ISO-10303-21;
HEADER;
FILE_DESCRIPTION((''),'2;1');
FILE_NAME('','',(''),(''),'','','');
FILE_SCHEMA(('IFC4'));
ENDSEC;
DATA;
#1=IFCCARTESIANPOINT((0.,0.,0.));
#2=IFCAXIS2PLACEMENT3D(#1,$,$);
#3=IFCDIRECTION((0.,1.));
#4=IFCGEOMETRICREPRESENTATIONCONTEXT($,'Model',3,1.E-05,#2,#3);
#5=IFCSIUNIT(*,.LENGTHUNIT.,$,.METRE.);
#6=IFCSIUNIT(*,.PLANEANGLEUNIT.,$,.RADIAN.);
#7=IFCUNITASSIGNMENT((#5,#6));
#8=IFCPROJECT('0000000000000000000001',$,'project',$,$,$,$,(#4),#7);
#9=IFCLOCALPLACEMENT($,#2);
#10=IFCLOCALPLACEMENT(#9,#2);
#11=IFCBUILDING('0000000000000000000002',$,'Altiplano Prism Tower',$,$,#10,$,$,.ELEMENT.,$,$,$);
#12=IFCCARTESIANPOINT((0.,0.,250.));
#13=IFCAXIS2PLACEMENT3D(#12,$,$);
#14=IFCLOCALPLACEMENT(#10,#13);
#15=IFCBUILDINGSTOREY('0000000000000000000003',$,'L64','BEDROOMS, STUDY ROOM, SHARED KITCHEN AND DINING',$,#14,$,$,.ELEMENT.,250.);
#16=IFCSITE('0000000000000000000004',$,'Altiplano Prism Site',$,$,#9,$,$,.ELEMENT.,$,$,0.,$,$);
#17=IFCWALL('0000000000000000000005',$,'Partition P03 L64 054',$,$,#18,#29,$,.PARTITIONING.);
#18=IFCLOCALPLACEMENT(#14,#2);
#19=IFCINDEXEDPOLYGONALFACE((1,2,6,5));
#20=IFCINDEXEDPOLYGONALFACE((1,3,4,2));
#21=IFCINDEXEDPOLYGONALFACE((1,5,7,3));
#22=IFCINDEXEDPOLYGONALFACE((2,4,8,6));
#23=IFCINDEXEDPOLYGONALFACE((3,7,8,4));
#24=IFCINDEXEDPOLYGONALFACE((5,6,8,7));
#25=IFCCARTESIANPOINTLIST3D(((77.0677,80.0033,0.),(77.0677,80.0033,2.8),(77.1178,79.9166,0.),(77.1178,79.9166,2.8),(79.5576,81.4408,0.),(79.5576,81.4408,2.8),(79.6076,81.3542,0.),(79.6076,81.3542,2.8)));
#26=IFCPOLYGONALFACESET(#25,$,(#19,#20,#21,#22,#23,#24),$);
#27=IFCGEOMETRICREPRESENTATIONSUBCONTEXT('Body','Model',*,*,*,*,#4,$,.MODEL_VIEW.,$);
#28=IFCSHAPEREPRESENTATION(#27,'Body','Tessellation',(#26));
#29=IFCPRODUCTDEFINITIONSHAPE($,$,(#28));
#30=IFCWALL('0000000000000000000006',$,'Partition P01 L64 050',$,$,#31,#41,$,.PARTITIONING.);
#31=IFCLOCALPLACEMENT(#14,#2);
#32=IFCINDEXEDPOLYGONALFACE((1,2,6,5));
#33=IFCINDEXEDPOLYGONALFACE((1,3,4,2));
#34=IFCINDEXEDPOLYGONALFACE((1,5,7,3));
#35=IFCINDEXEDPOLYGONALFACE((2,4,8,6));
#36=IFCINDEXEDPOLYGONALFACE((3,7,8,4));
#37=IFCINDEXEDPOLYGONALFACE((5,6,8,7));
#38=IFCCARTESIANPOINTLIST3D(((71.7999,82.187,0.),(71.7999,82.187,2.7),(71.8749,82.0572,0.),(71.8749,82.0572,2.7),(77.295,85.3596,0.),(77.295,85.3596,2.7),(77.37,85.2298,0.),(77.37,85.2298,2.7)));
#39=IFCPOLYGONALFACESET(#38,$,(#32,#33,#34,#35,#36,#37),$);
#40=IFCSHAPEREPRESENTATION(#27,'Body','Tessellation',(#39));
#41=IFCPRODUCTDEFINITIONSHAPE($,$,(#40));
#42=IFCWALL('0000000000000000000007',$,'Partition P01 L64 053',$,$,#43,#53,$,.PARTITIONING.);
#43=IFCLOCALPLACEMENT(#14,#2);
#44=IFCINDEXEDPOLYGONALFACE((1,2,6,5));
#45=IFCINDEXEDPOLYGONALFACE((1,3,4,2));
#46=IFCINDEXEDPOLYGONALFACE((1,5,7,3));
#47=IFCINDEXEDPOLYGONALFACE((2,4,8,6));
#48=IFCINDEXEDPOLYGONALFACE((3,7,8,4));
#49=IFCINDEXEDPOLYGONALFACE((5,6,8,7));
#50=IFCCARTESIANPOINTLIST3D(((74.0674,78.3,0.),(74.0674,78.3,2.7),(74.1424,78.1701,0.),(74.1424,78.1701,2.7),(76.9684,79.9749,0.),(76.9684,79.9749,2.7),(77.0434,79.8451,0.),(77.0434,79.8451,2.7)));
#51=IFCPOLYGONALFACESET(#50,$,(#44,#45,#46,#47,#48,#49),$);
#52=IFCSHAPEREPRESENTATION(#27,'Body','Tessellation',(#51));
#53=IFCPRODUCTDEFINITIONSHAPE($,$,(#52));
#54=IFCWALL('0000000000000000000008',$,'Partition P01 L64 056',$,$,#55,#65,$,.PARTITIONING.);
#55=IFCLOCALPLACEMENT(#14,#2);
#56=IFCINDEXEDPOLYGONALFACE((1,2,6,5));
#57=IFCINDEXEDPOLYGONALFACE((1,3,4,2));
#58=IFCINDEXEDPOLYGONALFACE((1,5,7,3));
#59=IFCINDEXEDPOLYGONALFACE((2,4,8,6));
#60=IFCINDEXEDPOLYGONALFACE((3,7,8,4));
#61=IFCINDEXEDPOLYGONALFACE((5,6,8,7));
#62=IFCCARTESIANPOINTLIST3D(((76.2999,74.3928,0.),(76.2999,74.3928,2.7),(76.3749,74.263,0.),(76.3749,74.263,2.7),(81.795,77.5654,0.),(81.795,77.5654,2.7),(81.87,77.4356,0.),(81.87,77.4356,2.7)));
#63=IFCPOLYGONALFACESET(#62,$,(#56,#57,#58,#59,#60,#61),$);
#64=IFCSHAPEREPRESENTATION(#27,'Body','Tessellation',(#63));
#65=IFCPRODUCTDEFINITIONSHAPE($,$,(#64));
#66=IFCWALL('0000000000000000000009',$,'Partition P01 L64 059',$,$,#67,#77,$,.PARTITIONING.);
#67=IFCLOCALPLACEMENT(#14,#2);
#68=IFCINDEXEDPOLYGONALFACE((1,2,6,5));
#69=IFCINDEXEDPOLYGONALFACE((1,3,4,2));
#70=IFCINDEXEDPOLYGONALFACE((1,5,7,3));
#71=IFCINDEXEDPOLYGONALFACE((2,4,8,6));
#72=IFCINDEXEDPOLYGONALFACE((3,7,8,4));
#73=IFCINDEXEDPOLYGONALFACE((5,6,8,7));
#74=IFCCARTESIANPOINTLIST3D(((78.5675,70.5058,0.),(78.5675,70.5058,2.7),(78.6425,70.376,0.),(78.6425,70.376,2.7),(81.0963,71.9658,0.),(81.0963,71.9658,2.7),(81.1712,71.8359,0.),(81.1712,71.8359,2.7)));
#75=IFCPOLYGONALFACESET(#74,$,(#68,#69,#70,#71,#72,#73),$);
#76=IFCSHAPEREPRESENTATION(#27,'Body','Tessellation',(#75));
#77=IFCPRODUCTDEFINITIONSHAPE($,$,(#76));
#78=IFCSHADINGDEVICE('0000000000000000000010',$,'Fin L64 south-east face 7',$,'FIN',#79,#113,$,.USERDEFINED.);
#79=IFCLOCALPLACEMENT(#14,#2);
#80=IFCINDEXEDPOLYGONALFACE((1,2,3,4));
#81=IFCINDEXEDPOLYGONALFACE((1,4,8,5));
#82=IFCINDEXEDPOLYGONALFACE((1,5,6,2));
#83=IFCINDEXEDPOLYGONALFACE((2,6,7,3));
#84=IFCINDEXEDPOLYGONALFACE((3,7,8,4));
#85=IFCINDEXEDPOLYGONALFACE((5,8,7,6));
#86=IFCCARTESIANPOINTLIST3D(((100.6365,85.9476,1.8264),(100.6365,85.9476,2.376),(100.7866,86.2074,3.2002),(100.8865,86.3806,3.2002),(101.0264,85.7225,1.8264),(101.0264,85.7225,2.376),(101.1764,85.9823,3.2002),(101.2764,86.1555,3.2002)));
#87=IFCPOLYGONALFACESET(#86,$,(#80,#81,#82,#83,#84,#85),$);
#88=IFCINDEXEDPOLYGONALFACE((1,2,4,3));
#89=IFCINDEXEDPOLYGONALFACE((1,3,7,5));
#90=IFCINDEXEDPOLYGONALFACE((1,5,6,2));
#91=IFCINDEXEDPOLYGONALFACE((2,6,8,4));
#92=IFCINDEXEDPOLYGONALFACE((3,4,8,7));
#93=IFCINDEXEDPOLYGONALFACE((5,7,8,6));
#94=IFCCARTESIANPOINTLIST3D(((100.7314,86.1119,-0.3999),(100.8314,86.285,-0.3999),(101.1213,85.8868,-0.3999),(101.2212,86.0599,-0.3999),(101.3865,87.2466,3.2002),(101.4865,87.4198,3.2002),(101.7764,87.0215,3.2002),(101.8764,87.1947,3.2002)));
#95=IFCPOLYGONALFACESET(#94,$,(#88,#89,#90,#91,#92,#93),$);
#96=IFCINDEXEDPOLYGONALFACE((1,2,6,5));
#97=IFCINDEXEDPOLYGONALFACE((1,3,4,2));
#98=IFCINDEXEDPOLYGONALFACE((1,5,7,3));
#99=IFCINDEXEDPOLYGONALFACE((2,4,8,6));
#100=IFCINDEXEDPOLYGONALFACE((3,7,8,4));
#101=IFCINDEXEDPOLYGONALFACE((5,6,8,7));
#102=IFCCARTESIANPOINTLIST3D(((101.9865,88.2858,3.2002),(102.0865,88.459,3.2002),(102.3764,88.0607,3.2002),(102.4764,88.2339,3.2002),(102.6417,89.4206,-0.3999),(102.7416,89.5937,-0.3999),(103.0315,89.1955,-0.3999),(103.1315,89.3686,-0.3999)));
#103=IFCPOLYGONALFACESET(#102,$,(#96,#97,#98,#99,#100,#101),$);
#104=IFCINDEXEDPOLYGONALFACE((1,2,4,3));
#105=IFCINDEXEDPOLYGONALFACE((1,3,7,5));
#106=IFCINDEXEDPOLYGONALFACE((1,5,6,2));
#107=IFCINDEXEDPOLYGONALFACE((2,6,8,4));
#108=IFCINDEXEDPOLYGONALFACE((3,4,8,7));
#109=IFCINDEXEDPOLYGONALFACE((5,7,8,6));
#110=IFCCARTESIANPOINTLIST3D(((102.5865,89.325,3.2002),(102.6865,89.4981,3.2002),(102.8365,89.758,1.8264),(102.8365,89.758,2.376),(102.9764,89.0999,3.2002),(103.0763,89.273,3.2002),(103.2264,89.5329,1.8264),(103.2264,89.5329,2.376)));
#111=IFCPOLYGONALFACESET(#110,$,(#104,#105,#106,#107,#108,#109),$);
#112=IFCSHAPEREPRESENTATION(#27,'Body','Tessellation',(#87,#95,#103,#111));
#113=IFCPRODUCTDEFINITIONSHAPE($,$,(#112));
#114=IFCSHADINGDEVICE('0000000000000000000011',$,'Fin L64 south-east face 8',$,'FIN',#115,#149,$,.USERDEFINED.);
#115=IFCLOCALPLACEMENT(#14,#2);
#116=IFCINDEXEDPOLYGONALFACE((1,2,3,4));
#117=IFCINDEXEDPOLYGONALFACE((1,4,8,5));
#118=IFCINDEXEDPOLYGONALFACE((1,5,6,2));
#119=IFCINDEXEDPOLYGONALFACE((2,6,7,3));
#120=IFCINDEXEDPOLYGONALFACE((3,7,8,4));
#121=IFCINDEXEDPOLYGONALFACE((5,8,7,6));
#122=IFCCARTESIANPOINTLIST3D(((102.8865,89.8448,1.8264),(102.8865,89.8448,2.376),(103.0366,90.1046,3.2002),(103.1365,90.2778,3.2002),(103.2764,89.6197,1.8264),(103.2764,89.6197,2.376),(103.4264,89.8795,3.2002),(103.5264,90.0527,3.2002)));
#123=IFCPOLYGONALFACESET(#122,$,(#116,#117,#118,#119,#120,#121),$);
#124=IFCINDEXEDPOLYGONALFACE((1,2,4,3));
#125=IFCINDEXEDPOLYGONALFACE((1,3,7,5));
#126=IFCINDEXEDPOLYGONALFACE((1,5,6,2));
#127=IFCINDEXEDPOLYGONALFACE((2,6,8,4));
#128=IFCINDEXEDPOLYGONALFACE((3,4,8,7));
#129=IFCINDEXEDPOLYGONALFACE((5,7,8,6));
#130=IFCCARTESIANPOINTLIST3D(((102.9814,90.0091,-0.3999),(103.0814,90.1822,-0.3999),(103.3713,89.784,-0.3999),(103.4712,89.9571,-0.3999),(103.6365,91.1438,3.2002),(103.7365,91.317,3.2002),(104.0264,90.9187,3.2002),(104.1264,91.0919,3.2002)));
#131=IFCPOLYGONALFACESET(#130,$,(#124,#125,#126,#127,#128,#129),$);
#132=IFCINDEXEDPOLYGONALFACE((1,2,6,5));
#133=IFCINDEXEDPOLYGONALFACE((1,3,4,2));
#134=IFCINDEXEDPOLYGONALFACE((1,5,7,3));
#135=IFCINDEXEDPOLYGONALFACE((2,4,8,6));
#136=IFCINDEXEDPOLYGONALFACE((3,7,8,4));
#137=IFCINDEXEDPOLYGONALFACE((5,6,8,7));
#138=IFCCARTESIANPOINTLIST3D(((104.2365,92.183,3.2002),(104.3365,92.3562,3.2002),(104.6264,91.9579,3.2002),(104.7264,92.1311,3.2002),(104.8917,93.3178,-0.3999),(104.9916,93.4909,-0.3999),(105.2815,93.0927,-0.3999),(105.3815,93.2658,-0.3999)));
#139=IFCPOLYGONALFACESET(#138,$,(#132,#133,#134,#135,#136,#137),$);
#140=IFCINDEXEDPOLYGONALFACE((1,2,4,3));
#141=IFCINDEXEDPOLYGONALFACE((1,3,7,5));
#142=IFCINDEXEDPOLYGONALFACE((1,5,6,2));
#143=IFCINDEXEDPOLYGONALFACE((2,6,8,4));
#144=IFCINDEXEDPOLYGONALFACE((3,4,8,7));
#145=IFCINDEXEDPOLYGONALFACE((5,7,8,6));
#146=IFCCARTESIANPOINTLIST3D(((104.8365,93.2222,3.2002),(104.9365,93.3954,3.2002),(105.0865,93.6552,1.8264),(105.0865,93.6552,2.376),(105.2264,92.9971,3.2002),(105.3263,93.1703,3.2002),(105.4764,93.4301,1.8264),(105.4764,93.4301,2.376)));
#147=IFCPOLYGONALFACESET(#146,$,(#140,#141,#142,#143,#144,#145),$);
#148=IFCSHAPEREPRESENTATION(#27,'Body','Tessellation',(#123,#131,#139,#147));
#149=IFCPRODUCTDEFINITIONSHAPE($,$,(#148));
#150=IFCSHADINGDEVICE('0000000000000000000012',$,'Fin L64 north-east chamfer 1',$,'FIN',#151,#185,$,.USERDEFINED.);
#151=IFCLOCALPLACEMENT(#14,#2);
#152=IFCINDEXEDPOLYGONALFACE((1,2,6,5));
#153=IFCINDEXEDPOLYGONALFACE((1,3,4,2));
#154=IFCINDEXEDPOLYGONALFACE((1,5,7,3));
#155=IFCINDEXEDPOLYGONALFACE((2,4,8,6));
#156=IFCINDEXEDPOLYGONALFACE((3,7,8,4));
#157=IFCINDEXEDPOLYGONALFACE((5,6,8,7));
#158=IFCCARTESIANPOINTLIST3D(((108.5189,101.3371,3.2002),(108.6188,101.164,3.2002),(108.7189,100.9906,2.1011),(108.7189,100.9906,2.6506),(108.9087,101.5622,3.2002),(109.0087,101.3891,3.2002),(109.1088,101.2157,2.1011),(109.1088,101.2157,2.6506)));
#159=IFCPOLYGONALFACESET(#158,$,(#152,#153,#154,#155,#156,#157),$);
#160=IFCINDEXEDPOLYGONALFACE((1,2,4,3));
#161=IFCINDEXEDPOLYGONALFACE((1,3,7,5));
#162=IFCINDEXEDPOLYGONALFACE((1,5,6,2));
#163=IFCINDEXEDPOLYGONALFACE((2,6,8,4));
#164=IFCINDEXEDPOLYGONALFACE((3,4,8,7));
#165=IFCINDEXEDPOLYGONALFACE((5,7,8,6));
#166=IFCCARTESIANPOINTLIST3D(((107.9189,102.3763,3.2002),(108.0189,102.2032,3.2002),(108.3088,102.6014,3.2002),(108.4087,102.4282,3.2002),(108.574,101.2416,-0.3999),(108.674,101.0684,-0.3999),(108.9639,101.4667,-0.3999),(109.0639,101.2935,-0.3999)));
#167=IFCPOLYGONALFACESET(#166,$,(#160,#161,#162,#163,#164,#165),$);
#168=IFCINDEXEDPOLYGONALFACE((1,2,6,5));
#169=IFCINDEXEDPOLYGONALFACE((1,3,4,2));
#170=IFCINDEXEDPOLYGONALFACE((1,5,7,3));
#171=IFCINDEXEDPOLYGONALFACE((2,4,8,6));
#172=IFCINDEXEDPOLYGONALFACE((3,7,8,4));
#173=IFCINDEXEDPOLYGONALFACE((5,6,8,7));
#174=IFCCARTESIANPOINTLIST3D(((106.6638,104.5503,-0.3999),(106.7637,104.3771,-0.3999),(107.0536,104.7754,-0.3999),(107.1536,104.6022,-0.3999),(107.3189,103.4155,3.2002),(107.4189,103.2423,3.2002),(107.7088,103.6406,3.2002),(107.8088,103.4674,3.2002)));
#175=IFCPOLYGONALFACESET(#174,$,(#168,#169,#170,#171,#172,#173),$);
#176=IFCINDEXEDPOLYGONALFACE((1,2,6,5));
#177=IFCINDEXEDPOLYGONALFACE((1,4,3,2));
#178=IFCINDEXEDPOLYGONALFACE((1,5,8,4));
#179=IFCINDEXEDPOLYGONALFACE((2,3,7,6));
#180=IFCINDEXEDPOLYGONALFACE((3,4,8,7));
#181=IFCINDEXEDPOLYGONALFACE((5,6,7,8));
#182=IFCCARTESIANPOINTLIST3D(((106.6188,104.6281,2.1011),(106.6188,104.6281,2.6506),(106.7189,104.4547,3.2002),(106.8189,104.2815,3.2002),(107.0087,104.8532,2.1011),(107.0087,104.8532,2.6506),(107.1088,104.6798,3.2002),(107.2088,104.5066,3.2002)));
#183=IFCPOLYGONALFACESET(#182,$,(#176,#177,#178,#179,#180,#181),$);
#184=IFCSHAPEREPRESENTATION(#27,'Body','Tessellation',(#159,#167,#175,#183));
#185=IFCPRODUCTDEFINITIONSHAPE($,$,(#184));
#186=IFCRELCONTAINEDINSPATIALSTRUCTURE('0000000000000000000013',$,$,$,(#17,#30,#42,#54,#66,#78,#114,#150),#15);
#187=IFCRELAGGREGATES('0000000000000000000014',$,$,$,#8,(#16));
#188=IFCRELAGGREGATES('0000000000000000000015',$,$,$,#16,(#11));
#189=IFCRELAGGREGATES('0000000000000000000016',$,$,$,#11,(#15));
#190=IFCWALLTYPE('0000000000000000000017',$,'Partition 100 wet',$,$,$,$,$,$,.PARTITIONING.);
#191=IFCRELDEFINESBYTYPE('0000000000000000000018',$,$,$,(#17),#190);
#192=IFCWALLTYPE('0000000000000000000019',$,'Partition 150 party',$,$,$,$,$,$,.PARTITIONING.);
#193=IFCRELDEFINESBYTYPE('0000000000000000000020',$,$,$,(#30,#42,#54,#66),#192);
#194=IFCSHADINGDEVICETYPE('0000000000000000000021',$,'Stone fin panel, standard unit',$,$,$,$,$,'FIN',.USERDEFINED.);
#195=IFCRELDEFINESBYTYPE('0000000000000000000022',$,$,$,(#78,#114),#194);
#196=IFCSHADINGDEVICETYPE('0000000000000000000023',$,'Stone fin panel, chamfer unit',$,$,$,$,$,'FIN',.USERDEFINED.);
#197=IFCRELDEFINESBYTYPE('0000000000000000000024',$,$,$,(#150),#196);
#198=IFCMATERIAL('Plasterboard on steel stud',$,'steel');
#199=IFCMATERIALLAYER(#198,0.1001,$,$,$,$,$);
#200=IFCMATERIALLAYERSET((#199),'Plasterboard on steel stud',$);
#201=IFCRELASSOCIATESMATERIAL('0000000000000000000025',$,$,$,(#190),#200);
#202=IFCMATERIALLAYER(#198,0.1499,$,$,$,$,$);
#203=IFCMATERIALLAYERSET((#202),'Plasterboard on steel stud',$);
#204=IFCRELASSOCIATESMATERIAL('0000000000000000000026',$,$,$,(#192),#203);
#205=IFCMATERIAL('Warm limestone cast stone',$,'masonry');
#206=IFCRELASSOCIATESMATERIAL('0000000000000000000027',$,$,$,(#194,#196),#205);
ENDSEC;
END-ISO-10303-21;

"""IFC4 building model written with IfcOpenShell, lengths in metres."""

from ifc_helpers import new_model, si_unit, direction, frame, frame_2d, origin, place, context, subcontext, project, spatial, polyline, rectangle, outline, extrude, source, transform, mapped, material, layer, layer_set, type_object, element, save


model = new_model("IFC4")

# Units and contexts
model_context = context("Model", 3, precision=1e-05, world=origin(), true_north=direction((0.0, 1.0)))
body_context = subcontext(model_context, "Body", "Model", "MODEL_VIEW")
ifc_project = project(units=[si_unit("LENGTHUNIT", "METRE"), si_unit("PLANEANGLEUNIT", "RADIAN")], contexts=[model_context])

# Site, building, storey
site_placement = place(None, origin())
site = spatial("IfcSite", under=ifc_project, at=site_placement, Name="Altiplano Prism Site", CompositionType="ELEMENT", RefElevation=0.0)
building_placement = place(site_placement, origin())
building = spatial("IfcBuilding", under=site, at=building_placement, Name="Altiplano Prism Tower", CompositionType="ELEMENT")
storey_placement = place(building_placement, frame((0.0, 0.0, 250.0)))
storey = spatial("IfcBuildingStorey", under=building, at=storey_placement, Name="L64", Description="BEDROOMS, STUDY ROOM, SHARED KITCHEN AND DINING", CompositionType="ELEMENT", Elevation=250.0)

# Shared definitions
ifc_material_1 = material(Name="Plasterboard on steel stud", Category="steel")

# Walls
ifc_layer_1 = layer(ifc_material_1, 0.1001)
ifc_layer_set_1 = layer_set([ifc_layer_1], Name="Plasterboard on steel stud")
wall_type_1 = type_object("IfcWallType", Name="Partition 100 wet", PredefinedType="PARTITIONING", material=ifc_layer_set_1)
wall_1_placement = place(storey_placement, frame((77.0928, 79.96, 0.0), z_axis=(0.0, 0.0, 1.0), x_axis=(0.866019, 0.500012, 0.0)))
element("IfcWall", 1, at=wall_1_placement, inside=storey, type_object=wall_type_1, Name="Partition P03 L64 054", PredefinedType="PARTITIONING", context=body_context, shape_type="SweptSolid", body=[
    extrude(rectangle(XDim=2.875, YDim=0.1001, at=frame_2d((1.4375, 0.0))), origin(), (0.0, 0.0, 1.0), 2.8),
])
ifc_layer_2 = layer(ifc_material_1, 0.1499)
ifc_layer_set_2 = layer_set([ifc_layer_2], Name="Plasterboard on steel stud")
wall_type_2 = type_object("IfcWallType", Name="Partition 150 party", PredefinedType="PARTITIONING", material=ifc_layer_set_2)
wall_2_placement = place(storey_placement, frame((71.8374, 82.1221, 0.0), z_axis=(0.0, 0.0, 1.0), x_axis=(0.866025, 0.5, 0.0)))
element("IfcWall", 2, at=wall_2_placement, inside=storey, type_object=wall_type_2, Name="Partition P01 L64 050", PredefinedType="PARTITIONING", context=body_context, shape_type="SweptSolid", body=[
    extrude(rectangle(XDim=6.3452, YDim=0.1499, at=frame_2d((3.1726, 0.0))), origin(), (0.0, 0.0, 1.0), 2.7),
])
wall_3_placement = place(storey_placement, frame((74.105, 78.2351, 0.0), z_axis=(0.0, 0.0, 1.0), x_axis=(0.866014, 0.500019, 0.0)))
element("IfcWall", 3, at=wall_3_placement, inside=storey, type_object=wall_type_2, Name="Partition P01 L64 053", PredefinedType="PARTITIONING", context=body_context, shape_type="SweptSolid", body=[
    extrude(rectangle(XDim=3.3499, YDim=0.1499, at=frame_2d((1.6748, 0.0))), origin(), (0.0, 0.0, 1.0), 2.7),
])
wall_4_placement = place(storey_placement, frame((76.3374, 74.3279, 0.0), z_axis=(0.0, 0.0, 1.0), x_axis=(0.866025, 0.5, 0.0)))
element("IfcWall", 4, at=wall_4_placement, inside=storey, type_object=wall_type_2, Name="Partition P01 L64 056", PredefinedType="PARTITIONING", context=body_context, shape_type="SweptSolid", body=[
    extrude(rectangle(XDim=6.3452, YDim=0.1499, at=frame_2d((3.1726, 0.0))), origin(), (0.0, 0.0, 1.0), 2.7),
])
wall_5_placement = place(storey_placement, frame((78.605, 70.4409, 0.0), z_axis=(0.0, 0.0, 1.0), x_axis=(0.866032, 0.499988, 0.0)))
element("IfcWall", 5, at=wall_5_placement, inside=storey, type_object=wall_type_2, Name="Partition P01 L64 059", PredefinedType="PARTITIONING", context=body_context, shape_type="SweptSolid", body=[
    extrude(rectangle(XDim=2.9199, YDim=0.1499, at=frame_2d((1.46, 0.0))), origin(), (0.0, 0.0, 1.0), 2.7),
])

# Shading devices
ifc_material_2 = material(Name="Warm limestone cast stone", Category="masonry")
shading_device_type_1 = type_object("IfcShadingDeviceType", Name="Stone fin panel, standard unit", ElementType="FIN", PredefinedType="USERDEFINED", material=ifc_material_2)
shared_shape_1 = source(origin(), body_context, "Body", "SweptSolid", [
    extrude(outline(polyline([(-2.2, 2.2263), (-1.7, 3.6001), (-1.8999, 3.6001), (-2.2, 2.7759), (-2.2, 2.2263)])), frame((0.0, -0.1499, 0.0), z_axis=(0.0, -1.0, 0.0), x_axis=(1.0, 0.0, 0.0)), (0.0, 0.0, 1.0), 0.4502),
    extrude(outline(polyline([(-2.0103, 0.0), (-1.8103, 0.0), (-0.5, 3.6001), (-0.7, 3.6001), (-2.0103, 0.0)])), frame((0.0, -0.1499, 0.0), z_axis=(0.0, -1.0, 0.0), x_axis=(1.0, 0.0, 0.0)), (0.0, 0.0, 1.0), 0.4502),
    extrude(outline(polyline([(1.8103, 0.0), (2.0103, 0.0), (0.7, 3.6001), (0.5, 3.6001), (1.8103, 0.0)])), frame((0.0, -0.1499, 0.0), z_axis=(0.0, -1.0, 0.0), x_axis=(1.0, 0.0, 0.0)), (0.0, 0.0, 1.0), 0.4502),
    extrude(outline(polyline([(2.2, 2.7759), (1.8999, 3.6001), (1.7, 3.6001), (2.2, 2.2263), (2.2, 2.7759)])), frame((0.0, -0.1499, 0.0), z_axis=(0.0, -1.0, 0.0), x_axis=(1.0, 0.0, 0.0)), (0.0, 0.0, 1.0), 0.4502),
])
shading_device_1_placement = place(storey_placement, origin())
element("IfcShadingDevice", 6, at=shading_device_1_placement, inside=storey, type_object=shading_device_type_1, Name="Fin L64 south-east face 7", ObjectType="FIN", PredefinedType="USERDEFINED", context=body_context, shape_type="MappedRepresentation", body=[
    mapped(shared_shape_1, transform((101.6067, 87.9277, -0.3999), x_axis=(0.5, 0.866025, 0.0), y_axis=(-0.866025, 0.5, 0.0), z_axis=(0.0, 0.0, 1.0))),
])
shading_device_2_placement = place(storey_placement, origin())
element("IfcShadingDevice", 7, at=shading_device_2_placement, inside=storey, type_object=shading_device_type_1, Name="Fin L64 south-east face 8", ObjectType="FIN", PredefinedType="USERDEFINED", context=body_context, shape_type="MappedRepresentation", body=[
    mapped(shared_shape_1, transform((103.8567, 91.825, -0.3999), x_axis=(0.5, 0.866025, 0.0), y_axis=(-0.866025, 0.5, 0.0), z_axis=(0.0, 0.0, 1.0))),
])
shading_device_type_2 = type_object("IfcShadingDeviceType", Name="Stone fin panel, chamfer unit", ElementType="FIN", PredefinedType="USERDEFINED", material=ifc_material_2)
shared_shape_2 = source(origin(), body_context, "Body", "SweptSolid", [
    extrude(outline(polyline([(-2.1001, 2.501), (-1.7, 3.6001), (-1.8999, 3.6001), (-2.1001, 3.0505), (-2.1001, 2.501)])), frame((0.0, -0.1499, 0.0), z_axis=(0.0, -1.0, 0.0), x_axis=(1.0, 0.0, 0.0)), (0.0, 0.0, 1.0), 0.4502),
    extrude(outline(polyline([(-2.0103, 0.0), (-1.8103, 0.0), (-0.5, 3.6001), (-0.7, 3.6001), (-2.0103, 0.0)])), frame((0.0, -0.1499, 0.0), z_axis=(0.0, -1.0, 0.0), x_axis=(1.0, 0.0, 0.0)), (0.0, 0.0, 1.0), 0.4502),
    extrude(outline(polyline([(1.8103, 0.0), (2.0103, 0.0), (0.7, 3.6001), (0.5, 3.6001), (1.8103, 0.0)])), frame((0.0, -0.1499, 0.0), z_axis=(0.0, -1.0, 0.0), x_axis=(1.0, 0.0, 0.0)), (0.0, 0.0, 1.0), 0.4502),
    extrude(outline(polyline([(2.1001, 3.0505), (1.8999, 3.6001), (1.7, 3.6001), (2.1001, 2.501), (2.1001, 3.0505)])), frame((0.0, -0.1499, 0.0), z_axis=(0.0, -1.0, 0.0), x_axis=(1.0, 0.0, 0.0)), (0.0, 0.0, 1.0), 0.4502),
])
shading_device_3_placement = place(storey_placement, origin())
element("IfcShadingDevice", 8, at=shading_device_3_placement, inside=storey, type_object=shading_device_type_2, Name="Fin L64 north-east chamfer 1", ObjectType="FIN", PredefinedType="USERDEFINED", context=body_context, shape_type="MappedRepresentation", body=[
    mapped(shared_shape_2, transform((107.5391, 102.7344, -0.3999), x_axis=(-0.5, 0.866025, 0.0), y_axis=(-0.866025, -0.5, 0.0), z_axis=(0.0, 0.0, 1.0))),
])

save(model, "model.ifc")
